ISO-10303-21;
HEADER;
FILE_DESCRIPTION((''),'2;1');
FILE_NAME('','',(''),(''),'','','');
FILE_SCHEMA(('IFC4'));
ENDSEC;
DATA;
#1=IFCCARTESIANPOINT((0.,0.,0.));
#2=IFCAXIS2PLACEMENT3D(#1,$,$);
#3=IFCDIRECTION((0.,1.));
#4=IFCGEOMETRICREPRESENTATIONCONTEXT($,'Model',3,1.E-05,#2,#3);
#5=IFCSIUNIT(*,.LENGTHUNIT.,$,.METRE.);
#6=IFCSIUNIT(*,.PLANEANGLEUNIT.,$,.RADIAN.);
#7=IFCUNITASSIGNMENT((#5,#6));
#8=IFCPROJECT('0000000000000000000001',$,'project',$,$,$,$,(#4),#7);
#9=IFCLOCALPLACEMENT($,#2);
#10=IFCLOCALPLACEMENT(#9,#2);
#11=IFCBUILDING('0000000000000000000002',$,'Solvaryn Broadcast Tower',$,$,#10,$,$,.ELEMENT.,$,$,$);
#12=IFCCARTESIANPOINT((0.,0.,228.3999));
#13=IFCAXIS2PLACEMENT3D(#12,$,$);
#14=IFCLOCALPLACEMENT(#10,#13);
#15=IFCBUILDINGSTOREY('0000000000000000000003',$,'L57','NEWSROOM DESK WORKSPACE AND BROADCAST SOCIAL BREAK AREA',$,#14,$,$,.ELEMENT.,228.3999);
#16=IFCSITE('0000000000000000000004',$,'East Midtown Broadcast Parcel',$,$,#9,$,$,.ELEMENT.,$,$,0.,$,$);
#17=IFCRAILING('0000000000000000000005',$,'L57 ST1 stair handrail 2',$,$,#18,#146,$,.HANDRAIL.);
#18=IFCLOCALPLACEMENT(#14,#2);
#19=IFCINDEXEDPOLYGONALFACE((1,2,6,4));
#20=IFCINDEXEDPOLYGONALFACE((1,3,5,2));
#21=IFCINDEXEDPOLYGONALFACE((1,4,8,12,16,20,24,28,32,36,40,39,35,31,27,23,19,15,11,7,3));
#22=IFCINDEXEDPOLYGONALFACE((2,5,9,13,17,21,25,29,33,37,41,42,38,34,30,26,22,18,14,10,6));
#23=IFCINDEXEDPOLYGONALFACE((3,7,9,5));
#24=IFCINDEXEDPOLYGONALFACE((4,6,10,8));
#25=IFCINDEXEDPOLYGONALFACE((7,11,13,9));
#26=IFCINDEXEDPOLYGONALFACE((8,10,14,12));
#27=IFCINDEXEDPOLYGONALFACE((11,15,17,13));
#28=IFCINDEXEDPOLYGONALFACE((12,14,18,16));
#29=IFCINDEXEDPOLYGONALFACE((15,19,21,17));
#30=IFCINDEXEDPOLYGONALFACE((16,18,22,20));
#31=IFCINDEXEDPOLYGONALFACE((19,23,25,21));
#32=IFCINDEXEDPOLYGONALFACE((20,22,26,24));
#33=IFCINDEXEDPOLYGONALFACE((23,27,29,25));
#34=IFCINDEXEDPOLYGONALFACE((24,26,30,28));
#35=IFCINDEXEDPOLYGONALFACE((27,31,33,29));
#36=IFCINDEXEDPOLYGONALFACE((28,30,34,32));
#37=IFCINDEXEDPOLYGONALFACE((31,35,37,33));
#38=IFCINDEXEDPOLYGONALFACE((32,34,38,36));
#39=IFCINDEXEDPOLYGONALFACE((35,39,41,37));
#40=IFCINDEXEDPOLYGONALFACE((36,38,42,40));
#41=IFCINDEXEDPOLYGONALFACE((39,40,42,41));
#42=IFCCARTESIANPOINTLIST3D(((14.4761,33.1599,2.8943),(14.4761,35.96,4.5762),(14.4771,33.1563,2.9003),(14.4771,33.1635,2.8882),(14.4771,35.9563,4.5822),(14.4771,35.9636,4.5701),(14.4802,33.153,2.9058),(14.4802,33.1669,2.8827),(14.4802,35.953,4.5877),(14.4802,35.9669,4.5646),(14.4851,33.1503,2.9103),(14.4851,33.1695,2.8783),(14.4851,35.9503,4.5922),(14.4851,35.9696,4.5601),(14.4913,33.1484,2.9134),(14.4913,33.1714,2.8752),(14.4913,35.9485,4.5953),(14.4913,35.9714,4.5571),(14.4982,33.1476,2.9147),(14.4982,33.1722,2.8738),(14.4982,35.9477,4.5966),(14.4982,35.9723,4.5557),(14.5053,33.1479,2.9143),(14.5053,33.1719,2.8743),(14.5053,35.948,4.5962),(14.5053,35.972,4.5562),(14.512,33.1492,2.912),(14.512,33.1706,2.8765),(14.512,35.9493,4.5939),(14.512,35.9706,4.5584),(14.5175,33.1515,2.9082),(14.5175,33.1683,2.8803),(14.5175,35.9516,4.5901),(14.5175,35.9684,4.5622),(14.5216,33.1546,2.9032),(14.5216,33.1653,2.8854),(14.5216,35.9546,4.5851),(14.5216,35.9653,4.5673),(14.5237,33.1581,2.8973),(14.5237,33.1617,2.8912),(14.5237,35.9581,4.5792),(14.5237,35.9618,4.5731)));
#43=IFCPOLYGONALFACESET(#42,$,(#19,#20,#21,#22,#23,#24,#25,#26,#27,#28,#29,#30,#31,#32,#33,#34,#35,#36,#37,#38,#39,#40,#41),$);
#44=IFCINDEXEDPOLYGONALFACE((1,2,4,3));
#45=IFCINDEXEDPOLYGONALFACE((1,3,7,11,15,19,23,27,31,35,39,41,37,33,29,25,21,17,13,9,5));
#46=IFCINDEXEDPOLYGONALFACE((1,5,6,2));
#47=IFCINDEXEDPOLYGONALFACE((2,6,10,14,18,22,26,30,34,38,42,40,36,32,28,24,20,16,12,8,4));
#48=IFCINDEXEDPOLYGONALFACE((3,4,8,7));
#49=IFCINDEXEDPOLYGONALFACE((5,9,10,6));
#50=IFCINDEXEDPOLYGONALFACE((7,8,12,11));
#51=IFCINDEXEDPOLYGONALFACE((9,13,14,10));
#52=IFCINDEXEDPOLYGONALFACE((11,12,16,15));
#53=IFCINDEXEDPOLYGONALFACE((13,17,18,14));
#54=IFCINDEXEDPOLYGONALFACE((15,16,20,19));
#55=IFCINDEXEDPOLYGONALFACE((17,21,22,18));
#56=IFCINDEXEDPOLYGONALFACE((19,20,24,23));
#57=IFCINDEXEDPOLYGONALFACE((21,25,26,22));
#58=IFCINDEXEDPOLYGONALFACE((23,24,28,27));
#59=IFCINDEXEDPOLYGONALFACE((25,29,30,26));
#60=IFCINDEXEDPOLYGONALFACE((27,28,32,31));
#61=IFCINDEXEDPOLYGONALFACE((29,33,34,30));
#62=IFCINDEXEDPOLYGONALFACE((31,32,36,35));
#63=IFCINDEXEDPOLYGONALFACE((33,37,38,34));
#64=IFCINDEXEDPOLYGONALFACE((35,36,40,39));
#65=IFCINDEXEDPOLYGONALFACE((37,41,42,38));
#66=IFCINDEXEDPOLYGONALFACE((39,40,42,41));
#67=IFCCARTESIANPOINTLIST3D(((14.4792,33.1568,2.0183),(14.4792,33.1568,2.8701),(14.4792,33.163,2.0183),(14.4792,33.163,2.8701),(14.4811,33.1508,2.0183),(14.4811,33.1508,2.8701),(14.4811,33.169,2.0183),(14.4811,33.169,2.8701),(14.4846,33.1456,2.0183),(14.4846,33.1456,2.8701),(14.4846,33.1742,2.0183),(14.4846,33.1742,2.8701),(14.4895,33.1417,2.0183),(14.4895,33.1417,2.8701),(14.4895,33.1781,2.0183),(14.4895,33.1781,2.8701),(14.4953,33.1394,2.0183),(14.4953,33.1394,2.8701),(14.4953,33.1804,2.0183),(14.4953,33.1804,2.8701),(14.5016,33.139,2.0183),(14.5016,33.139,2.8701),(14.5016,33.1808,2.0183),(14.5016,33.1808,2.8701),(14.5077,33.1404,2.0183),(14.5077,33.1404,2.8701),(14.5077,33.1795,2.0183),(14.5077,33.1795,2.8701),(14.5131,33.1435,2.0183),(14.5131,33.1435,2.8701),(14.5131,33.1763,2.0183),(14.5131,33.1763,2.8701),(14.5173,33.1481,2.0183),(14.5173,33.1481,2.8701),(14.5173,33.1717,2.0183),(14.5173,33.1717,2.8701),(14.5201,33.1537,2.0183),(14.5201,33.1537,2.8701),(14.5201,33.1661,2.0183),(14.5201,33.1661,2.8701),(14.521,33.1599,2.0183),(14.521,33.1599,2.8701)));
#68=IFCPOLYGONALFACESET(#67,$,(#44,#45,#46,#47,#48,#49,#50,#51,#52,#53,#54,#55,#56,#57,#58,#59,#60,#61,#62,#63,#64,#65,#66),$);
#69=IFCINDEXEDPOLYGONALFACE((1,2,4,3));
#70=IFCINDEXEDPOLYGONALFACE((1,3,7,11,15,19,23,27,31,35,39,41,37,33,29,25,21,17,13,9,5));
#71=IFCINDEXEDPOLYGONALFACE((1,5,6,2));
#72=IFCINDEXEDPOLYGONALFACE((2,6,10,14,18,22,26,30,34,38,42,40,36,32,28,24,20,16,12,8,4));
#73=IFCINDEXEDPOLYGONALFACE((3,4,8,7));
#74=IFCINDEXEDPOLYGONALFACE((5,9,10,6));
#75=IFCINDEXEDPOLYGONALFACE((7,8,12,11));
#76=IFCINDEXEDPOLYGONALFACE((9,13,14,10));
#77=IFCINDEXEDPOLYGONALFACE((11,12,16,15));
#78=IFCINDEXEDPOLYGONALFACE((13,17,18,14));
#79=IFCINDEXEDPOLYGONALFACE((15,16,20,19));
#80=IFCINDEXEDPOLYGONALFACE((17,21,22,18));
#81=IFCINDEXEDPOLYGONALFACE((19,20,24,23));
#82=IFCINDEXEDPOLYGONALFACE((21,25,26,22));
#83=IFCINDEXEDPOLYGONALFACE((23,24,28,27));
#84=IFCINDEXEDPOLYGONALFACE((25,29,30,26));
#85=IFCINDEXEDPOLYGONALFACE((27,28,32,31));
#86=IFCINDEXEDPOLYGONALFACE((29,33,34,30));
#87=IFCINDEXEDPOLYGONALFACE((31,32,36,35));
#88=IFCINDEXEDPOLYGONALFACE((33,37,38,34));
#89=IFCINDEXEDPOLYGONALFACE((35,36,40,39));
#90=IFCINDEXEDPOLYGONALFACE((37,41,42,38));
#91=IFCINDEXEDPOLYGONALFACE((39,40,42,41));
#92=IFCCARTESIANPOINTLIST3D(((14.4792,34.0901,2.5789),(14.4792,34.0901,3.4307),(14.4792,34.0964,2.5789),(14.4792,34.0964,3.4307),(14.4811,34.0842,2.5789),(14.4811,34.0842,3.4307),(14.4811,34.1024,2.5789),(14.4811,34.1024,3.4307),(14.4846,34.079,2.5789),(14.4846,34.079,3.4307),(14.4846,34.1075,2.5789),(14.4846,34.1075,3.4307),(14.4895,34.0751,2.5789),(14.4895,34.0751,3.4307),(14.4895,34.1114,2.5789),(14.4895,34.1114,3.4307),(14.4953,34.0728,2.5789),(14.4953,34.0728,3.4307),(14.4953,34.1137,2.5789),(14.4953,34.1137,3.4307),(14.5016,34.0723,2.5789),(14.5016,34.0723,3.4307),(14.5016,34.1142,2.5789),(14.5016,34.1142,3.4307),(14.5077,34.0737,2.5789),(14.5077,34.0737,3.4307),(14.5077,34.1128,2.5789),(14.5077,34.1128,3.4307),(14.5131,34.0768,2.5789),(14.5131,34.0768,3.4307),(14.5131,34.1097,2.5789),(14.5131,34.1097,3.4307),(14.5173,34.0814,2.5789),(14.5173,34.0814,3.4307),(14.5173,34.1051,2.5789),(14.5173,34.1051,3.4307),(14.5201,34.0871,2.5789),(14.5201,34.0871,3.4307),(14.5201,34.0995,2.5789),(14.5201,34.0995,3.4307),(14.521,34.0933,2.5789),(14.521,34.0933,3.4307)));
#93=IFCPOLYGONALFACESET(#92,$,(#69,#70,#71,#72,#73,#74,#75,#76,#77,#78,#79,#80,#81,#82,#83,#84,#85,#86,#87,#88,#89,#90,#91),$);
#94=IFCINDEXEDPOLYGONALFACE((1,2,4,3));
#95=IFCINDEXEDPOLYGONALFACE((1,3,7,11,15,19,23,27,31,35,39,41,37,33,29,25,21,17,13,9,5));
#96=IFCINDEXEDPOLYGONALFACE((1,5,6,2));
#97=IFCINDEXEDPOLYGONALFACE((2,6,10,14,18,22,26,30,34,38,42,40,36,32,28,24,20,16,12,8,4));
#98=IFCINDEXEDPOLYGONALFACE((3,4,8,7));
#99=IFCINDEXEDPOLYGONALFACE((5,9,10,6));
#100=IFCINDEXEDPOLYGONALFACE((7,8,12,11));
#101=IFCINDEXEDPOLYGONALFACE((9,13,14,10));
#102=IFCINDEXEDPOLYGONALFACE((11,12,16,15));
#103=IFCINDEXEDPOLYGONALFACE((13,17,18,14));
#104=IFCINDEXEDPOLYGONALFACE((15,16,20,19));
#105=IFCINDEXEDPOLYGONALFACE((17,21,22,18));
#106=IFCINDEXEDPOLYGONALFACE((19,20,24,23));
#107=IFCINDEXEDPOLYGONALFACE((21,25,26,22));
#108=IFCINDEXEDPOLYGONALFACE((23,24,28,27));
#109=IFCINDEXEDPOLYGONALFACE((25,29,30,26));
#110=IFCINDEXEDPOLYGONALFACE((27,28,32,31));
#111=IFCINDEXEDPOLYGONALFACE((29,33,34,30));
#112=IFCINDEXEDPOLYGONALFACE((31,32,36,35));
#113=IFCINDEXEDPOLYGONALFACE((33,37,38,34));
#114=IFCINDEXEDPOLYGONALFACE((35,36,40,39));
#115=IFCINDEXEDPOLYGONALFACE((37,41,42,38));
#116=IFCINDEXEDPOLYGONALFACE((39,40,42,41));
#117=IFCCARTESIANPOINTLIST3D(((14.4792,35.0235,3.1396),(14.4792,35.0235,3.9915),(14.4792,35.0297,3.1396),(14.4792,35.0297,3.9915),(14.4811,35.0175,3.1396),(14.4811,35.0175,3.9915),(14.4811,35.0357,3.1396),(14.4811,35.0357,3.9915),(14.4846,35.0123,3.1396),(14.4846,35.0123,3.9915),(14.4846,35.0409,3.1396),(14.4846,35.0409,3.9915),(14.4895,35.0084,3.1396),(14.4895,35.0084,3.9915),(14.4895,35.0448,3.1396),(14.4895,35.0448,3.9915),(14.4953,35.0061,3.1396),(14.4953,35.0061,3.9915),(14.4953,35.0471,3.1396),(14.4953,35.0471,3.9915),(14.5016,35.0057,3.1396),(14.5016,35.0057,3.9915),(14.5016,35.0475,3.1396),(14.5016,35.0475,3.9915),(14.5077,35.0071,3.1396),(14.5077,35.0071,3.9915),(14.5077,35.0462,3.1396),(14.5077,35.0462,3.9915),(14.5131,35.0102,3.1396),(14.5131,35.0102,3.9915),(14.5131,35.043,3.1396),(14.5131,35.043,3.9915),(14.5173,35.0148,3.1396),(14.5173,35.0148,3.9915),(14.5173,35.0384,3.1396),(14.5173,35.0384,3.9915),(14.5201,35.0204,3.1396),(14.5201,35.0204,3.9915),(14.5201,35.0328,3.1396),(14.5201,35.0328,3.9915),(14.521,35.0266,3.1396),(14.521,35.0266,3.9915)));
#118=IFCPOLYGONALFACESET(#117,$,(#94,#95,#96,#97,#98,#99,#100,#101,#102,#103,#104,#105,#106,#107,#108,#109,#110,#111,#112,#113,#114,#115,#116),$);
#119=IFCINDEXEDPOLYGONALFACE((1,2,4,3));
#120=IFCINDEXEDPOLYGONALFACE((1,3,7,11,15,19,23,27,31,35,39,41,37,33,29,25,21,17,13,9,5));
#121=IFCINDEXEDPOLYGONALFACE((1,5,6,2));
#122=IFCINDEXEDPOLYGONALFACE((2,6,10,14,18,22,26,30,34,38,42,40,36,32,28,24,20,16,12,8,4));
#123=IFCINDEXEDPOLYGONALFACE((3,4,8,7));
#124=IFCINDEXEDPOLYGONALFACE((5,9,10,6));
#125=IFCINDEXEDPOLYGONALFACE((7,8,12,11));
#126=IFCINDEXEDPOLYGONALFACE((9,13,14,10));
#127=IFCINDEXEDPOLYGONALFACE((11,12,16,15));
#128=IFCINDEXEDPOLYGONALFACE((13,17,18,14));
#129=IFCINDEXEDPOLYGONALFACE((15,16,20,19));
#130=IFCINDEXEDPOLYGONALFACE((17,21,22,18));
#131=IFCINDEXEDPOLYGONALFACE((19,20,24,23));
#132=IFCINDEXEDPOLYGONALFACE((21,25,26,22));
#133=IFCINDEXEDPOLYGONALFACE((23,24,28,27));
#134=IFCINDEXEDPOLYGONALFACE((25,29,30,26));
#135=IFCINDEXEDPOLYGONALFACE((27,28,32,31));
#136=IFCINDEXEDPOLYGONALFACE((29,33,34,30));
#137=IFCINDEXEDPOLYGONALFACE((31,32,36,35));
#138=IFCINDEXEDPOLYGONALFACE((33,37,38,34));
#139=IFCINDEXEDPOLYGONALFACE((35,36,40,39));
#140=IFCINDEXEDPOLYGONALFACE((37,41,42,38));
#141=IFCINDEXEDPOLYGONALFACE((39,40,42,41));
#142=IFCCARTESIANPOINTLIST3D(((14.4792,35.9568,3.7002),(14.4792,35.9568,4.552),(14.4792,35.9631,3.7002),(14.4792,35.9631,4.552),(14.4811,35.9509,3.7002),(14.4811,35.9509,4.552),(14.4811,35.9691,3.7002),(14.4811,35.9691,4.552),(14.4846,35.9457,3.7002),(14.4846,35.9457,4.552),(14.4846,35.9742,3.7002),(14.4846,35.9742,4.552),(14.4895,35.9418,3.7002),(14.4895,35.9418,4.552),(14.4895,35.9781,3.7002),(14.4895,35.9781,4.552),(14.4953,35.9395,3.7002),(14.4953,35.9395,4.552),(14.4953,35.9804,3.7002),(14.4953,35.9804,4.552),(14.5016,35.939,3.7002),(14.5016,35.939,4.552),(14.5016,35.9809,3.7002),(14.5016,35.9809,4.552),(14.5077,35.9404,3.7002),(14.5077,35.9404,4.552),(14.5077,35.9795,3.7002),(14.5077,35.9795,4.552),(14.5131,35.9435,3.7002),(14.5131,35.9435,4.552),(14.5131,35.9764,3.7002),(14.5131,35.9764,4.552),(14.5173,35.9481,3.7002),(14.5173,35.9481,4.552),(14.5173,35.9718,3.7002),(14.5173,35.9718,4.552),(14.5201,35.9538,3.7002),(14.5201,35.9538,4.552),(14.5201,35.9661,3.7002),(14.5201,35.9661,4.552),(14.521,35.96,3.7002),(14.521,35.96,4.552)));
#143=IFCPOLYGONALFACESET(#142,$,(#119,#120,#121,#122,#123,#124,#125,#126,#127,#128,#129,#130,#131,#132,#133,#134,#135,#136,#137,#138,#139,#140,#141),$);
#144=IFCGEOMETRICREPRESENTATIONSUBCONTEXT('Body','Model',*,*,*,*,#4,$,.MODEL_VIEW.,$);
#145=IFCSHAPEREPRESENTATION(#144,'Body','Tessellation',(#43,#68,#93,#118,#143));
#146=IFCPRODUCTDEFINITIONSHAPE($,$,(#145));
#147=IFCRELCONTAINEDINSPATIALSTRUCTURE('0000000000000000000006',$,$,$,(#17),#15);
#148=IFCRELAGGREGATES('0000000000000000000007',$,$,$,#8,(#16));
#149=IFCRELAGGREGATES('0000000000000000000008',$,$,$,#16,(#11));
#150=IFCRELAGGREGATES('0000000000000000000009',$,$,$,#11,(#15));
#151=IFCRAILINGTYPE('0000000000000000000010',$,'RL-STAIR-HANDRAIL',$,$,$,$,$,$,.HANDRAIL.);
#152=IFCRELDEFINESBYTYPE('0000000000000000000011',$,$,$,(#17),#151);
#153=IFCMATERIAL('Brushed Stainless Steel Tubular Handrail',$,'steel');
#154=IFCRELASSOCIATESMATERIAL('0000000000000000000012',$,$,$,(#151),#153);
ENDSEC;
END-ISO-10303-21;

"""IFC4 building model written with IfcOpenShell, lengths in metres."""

from ifc_helpers import new_model, si_unit, direction, frame, origin, origin_2d, place, context, subcontext, project, spatial, circle, extrude, material, type_object, element, save


model = new_model("IFC4")

# Units and contexts
model_context = context("Model", 3, precision=1e-05, world=origin(), true_north=direction((0.0, 1.0)))
body_context = subcontext(model_context, "Body", "Model", "MODEL_VIEW")
ifc_project = project(units=[si_unit("LENGTHUNIT", "METRE"), si_unit("PLANEANGLEUNIT", "RADIAN")], contexts=[model_context])

# Site, building, storey
site_placement = place(None, origin())
site = spatial("IfcSite", under=ifc_project, at=site_placement, Name="East Midtown Broadcast Parcel", CompositionType="ELEMENT", RefElevation=0.0)
building_placement = place(site_placement, origin())
building = spatial("IfcBuilding", under=site, at=building_placement, Name="Solvaryn Broadcast Tower", CompositionType="ELEMENT")
storey_placement = place(building_placement, frame((0.0, 0.0, 228.3999)))
storey = spatial("IfcBuildingStorey", under=building, at=storey_placement, Name="L57", Description="NEWSROOM DESK WORKSPACE AND BROADCAST SOCIAL BREAK AREA", CompositionType="ELEMENT", Elevation=228.3999)

# Railing
ifc_material_1 = material(Name="Brushed Stainless Steel Tubular Handrail", Category="steel")
railing_type_1 = type_object("IfcRailingType", Name="RL-STAIR-HANDRAIL", PredefinedType="HANDRAIL", material=ifc_material_1)
railing_1_placement = place(storey_placement, frame((14.5, 33.1599, 2.0183)))
element("IfcRailing", 1, at=railing_1_placement, inside=storey, type_object=railing_type_1, Name="L57 ST1 stair handrail 2", PredefinedType="HANDRAIL", context=body_context, shape_type="SweptSolid", body=[
    extrude(circle(Radius=0.0239, at=origin_2d()), frame((0.0, 0.0, 0.876), z_axis=(0.0, 0.857242, 0.514913), x_axis=(-1.0, 0.0, 0.0)), (0.0, 0.0, 1.0), 3.2664),
    extrude(circle(Radius=0.021, at=origin_2d()), origin(), (0.0, 0.0, 1.0), 0.8518),
    extrude(circle(Radius=0.021, at=origin_2d()), frame((0.0, 0.9333, 0.5605)), (0.0, 0.0, 1.0), 0.8518),
    extrude(circle(Radius=0.021, at=origin_2d()), frame((0.0, 1.8667, 1.1213)), (0.0, 0.0, 1.0), 0.8518),
    extrude(circle(Radius=0.021, at=origin_2d()), frame((0.0, 2.8, 1.6819)), (0.0, 0.0, 1.0), 0.8518),
])

save(model, "model.ifc")
